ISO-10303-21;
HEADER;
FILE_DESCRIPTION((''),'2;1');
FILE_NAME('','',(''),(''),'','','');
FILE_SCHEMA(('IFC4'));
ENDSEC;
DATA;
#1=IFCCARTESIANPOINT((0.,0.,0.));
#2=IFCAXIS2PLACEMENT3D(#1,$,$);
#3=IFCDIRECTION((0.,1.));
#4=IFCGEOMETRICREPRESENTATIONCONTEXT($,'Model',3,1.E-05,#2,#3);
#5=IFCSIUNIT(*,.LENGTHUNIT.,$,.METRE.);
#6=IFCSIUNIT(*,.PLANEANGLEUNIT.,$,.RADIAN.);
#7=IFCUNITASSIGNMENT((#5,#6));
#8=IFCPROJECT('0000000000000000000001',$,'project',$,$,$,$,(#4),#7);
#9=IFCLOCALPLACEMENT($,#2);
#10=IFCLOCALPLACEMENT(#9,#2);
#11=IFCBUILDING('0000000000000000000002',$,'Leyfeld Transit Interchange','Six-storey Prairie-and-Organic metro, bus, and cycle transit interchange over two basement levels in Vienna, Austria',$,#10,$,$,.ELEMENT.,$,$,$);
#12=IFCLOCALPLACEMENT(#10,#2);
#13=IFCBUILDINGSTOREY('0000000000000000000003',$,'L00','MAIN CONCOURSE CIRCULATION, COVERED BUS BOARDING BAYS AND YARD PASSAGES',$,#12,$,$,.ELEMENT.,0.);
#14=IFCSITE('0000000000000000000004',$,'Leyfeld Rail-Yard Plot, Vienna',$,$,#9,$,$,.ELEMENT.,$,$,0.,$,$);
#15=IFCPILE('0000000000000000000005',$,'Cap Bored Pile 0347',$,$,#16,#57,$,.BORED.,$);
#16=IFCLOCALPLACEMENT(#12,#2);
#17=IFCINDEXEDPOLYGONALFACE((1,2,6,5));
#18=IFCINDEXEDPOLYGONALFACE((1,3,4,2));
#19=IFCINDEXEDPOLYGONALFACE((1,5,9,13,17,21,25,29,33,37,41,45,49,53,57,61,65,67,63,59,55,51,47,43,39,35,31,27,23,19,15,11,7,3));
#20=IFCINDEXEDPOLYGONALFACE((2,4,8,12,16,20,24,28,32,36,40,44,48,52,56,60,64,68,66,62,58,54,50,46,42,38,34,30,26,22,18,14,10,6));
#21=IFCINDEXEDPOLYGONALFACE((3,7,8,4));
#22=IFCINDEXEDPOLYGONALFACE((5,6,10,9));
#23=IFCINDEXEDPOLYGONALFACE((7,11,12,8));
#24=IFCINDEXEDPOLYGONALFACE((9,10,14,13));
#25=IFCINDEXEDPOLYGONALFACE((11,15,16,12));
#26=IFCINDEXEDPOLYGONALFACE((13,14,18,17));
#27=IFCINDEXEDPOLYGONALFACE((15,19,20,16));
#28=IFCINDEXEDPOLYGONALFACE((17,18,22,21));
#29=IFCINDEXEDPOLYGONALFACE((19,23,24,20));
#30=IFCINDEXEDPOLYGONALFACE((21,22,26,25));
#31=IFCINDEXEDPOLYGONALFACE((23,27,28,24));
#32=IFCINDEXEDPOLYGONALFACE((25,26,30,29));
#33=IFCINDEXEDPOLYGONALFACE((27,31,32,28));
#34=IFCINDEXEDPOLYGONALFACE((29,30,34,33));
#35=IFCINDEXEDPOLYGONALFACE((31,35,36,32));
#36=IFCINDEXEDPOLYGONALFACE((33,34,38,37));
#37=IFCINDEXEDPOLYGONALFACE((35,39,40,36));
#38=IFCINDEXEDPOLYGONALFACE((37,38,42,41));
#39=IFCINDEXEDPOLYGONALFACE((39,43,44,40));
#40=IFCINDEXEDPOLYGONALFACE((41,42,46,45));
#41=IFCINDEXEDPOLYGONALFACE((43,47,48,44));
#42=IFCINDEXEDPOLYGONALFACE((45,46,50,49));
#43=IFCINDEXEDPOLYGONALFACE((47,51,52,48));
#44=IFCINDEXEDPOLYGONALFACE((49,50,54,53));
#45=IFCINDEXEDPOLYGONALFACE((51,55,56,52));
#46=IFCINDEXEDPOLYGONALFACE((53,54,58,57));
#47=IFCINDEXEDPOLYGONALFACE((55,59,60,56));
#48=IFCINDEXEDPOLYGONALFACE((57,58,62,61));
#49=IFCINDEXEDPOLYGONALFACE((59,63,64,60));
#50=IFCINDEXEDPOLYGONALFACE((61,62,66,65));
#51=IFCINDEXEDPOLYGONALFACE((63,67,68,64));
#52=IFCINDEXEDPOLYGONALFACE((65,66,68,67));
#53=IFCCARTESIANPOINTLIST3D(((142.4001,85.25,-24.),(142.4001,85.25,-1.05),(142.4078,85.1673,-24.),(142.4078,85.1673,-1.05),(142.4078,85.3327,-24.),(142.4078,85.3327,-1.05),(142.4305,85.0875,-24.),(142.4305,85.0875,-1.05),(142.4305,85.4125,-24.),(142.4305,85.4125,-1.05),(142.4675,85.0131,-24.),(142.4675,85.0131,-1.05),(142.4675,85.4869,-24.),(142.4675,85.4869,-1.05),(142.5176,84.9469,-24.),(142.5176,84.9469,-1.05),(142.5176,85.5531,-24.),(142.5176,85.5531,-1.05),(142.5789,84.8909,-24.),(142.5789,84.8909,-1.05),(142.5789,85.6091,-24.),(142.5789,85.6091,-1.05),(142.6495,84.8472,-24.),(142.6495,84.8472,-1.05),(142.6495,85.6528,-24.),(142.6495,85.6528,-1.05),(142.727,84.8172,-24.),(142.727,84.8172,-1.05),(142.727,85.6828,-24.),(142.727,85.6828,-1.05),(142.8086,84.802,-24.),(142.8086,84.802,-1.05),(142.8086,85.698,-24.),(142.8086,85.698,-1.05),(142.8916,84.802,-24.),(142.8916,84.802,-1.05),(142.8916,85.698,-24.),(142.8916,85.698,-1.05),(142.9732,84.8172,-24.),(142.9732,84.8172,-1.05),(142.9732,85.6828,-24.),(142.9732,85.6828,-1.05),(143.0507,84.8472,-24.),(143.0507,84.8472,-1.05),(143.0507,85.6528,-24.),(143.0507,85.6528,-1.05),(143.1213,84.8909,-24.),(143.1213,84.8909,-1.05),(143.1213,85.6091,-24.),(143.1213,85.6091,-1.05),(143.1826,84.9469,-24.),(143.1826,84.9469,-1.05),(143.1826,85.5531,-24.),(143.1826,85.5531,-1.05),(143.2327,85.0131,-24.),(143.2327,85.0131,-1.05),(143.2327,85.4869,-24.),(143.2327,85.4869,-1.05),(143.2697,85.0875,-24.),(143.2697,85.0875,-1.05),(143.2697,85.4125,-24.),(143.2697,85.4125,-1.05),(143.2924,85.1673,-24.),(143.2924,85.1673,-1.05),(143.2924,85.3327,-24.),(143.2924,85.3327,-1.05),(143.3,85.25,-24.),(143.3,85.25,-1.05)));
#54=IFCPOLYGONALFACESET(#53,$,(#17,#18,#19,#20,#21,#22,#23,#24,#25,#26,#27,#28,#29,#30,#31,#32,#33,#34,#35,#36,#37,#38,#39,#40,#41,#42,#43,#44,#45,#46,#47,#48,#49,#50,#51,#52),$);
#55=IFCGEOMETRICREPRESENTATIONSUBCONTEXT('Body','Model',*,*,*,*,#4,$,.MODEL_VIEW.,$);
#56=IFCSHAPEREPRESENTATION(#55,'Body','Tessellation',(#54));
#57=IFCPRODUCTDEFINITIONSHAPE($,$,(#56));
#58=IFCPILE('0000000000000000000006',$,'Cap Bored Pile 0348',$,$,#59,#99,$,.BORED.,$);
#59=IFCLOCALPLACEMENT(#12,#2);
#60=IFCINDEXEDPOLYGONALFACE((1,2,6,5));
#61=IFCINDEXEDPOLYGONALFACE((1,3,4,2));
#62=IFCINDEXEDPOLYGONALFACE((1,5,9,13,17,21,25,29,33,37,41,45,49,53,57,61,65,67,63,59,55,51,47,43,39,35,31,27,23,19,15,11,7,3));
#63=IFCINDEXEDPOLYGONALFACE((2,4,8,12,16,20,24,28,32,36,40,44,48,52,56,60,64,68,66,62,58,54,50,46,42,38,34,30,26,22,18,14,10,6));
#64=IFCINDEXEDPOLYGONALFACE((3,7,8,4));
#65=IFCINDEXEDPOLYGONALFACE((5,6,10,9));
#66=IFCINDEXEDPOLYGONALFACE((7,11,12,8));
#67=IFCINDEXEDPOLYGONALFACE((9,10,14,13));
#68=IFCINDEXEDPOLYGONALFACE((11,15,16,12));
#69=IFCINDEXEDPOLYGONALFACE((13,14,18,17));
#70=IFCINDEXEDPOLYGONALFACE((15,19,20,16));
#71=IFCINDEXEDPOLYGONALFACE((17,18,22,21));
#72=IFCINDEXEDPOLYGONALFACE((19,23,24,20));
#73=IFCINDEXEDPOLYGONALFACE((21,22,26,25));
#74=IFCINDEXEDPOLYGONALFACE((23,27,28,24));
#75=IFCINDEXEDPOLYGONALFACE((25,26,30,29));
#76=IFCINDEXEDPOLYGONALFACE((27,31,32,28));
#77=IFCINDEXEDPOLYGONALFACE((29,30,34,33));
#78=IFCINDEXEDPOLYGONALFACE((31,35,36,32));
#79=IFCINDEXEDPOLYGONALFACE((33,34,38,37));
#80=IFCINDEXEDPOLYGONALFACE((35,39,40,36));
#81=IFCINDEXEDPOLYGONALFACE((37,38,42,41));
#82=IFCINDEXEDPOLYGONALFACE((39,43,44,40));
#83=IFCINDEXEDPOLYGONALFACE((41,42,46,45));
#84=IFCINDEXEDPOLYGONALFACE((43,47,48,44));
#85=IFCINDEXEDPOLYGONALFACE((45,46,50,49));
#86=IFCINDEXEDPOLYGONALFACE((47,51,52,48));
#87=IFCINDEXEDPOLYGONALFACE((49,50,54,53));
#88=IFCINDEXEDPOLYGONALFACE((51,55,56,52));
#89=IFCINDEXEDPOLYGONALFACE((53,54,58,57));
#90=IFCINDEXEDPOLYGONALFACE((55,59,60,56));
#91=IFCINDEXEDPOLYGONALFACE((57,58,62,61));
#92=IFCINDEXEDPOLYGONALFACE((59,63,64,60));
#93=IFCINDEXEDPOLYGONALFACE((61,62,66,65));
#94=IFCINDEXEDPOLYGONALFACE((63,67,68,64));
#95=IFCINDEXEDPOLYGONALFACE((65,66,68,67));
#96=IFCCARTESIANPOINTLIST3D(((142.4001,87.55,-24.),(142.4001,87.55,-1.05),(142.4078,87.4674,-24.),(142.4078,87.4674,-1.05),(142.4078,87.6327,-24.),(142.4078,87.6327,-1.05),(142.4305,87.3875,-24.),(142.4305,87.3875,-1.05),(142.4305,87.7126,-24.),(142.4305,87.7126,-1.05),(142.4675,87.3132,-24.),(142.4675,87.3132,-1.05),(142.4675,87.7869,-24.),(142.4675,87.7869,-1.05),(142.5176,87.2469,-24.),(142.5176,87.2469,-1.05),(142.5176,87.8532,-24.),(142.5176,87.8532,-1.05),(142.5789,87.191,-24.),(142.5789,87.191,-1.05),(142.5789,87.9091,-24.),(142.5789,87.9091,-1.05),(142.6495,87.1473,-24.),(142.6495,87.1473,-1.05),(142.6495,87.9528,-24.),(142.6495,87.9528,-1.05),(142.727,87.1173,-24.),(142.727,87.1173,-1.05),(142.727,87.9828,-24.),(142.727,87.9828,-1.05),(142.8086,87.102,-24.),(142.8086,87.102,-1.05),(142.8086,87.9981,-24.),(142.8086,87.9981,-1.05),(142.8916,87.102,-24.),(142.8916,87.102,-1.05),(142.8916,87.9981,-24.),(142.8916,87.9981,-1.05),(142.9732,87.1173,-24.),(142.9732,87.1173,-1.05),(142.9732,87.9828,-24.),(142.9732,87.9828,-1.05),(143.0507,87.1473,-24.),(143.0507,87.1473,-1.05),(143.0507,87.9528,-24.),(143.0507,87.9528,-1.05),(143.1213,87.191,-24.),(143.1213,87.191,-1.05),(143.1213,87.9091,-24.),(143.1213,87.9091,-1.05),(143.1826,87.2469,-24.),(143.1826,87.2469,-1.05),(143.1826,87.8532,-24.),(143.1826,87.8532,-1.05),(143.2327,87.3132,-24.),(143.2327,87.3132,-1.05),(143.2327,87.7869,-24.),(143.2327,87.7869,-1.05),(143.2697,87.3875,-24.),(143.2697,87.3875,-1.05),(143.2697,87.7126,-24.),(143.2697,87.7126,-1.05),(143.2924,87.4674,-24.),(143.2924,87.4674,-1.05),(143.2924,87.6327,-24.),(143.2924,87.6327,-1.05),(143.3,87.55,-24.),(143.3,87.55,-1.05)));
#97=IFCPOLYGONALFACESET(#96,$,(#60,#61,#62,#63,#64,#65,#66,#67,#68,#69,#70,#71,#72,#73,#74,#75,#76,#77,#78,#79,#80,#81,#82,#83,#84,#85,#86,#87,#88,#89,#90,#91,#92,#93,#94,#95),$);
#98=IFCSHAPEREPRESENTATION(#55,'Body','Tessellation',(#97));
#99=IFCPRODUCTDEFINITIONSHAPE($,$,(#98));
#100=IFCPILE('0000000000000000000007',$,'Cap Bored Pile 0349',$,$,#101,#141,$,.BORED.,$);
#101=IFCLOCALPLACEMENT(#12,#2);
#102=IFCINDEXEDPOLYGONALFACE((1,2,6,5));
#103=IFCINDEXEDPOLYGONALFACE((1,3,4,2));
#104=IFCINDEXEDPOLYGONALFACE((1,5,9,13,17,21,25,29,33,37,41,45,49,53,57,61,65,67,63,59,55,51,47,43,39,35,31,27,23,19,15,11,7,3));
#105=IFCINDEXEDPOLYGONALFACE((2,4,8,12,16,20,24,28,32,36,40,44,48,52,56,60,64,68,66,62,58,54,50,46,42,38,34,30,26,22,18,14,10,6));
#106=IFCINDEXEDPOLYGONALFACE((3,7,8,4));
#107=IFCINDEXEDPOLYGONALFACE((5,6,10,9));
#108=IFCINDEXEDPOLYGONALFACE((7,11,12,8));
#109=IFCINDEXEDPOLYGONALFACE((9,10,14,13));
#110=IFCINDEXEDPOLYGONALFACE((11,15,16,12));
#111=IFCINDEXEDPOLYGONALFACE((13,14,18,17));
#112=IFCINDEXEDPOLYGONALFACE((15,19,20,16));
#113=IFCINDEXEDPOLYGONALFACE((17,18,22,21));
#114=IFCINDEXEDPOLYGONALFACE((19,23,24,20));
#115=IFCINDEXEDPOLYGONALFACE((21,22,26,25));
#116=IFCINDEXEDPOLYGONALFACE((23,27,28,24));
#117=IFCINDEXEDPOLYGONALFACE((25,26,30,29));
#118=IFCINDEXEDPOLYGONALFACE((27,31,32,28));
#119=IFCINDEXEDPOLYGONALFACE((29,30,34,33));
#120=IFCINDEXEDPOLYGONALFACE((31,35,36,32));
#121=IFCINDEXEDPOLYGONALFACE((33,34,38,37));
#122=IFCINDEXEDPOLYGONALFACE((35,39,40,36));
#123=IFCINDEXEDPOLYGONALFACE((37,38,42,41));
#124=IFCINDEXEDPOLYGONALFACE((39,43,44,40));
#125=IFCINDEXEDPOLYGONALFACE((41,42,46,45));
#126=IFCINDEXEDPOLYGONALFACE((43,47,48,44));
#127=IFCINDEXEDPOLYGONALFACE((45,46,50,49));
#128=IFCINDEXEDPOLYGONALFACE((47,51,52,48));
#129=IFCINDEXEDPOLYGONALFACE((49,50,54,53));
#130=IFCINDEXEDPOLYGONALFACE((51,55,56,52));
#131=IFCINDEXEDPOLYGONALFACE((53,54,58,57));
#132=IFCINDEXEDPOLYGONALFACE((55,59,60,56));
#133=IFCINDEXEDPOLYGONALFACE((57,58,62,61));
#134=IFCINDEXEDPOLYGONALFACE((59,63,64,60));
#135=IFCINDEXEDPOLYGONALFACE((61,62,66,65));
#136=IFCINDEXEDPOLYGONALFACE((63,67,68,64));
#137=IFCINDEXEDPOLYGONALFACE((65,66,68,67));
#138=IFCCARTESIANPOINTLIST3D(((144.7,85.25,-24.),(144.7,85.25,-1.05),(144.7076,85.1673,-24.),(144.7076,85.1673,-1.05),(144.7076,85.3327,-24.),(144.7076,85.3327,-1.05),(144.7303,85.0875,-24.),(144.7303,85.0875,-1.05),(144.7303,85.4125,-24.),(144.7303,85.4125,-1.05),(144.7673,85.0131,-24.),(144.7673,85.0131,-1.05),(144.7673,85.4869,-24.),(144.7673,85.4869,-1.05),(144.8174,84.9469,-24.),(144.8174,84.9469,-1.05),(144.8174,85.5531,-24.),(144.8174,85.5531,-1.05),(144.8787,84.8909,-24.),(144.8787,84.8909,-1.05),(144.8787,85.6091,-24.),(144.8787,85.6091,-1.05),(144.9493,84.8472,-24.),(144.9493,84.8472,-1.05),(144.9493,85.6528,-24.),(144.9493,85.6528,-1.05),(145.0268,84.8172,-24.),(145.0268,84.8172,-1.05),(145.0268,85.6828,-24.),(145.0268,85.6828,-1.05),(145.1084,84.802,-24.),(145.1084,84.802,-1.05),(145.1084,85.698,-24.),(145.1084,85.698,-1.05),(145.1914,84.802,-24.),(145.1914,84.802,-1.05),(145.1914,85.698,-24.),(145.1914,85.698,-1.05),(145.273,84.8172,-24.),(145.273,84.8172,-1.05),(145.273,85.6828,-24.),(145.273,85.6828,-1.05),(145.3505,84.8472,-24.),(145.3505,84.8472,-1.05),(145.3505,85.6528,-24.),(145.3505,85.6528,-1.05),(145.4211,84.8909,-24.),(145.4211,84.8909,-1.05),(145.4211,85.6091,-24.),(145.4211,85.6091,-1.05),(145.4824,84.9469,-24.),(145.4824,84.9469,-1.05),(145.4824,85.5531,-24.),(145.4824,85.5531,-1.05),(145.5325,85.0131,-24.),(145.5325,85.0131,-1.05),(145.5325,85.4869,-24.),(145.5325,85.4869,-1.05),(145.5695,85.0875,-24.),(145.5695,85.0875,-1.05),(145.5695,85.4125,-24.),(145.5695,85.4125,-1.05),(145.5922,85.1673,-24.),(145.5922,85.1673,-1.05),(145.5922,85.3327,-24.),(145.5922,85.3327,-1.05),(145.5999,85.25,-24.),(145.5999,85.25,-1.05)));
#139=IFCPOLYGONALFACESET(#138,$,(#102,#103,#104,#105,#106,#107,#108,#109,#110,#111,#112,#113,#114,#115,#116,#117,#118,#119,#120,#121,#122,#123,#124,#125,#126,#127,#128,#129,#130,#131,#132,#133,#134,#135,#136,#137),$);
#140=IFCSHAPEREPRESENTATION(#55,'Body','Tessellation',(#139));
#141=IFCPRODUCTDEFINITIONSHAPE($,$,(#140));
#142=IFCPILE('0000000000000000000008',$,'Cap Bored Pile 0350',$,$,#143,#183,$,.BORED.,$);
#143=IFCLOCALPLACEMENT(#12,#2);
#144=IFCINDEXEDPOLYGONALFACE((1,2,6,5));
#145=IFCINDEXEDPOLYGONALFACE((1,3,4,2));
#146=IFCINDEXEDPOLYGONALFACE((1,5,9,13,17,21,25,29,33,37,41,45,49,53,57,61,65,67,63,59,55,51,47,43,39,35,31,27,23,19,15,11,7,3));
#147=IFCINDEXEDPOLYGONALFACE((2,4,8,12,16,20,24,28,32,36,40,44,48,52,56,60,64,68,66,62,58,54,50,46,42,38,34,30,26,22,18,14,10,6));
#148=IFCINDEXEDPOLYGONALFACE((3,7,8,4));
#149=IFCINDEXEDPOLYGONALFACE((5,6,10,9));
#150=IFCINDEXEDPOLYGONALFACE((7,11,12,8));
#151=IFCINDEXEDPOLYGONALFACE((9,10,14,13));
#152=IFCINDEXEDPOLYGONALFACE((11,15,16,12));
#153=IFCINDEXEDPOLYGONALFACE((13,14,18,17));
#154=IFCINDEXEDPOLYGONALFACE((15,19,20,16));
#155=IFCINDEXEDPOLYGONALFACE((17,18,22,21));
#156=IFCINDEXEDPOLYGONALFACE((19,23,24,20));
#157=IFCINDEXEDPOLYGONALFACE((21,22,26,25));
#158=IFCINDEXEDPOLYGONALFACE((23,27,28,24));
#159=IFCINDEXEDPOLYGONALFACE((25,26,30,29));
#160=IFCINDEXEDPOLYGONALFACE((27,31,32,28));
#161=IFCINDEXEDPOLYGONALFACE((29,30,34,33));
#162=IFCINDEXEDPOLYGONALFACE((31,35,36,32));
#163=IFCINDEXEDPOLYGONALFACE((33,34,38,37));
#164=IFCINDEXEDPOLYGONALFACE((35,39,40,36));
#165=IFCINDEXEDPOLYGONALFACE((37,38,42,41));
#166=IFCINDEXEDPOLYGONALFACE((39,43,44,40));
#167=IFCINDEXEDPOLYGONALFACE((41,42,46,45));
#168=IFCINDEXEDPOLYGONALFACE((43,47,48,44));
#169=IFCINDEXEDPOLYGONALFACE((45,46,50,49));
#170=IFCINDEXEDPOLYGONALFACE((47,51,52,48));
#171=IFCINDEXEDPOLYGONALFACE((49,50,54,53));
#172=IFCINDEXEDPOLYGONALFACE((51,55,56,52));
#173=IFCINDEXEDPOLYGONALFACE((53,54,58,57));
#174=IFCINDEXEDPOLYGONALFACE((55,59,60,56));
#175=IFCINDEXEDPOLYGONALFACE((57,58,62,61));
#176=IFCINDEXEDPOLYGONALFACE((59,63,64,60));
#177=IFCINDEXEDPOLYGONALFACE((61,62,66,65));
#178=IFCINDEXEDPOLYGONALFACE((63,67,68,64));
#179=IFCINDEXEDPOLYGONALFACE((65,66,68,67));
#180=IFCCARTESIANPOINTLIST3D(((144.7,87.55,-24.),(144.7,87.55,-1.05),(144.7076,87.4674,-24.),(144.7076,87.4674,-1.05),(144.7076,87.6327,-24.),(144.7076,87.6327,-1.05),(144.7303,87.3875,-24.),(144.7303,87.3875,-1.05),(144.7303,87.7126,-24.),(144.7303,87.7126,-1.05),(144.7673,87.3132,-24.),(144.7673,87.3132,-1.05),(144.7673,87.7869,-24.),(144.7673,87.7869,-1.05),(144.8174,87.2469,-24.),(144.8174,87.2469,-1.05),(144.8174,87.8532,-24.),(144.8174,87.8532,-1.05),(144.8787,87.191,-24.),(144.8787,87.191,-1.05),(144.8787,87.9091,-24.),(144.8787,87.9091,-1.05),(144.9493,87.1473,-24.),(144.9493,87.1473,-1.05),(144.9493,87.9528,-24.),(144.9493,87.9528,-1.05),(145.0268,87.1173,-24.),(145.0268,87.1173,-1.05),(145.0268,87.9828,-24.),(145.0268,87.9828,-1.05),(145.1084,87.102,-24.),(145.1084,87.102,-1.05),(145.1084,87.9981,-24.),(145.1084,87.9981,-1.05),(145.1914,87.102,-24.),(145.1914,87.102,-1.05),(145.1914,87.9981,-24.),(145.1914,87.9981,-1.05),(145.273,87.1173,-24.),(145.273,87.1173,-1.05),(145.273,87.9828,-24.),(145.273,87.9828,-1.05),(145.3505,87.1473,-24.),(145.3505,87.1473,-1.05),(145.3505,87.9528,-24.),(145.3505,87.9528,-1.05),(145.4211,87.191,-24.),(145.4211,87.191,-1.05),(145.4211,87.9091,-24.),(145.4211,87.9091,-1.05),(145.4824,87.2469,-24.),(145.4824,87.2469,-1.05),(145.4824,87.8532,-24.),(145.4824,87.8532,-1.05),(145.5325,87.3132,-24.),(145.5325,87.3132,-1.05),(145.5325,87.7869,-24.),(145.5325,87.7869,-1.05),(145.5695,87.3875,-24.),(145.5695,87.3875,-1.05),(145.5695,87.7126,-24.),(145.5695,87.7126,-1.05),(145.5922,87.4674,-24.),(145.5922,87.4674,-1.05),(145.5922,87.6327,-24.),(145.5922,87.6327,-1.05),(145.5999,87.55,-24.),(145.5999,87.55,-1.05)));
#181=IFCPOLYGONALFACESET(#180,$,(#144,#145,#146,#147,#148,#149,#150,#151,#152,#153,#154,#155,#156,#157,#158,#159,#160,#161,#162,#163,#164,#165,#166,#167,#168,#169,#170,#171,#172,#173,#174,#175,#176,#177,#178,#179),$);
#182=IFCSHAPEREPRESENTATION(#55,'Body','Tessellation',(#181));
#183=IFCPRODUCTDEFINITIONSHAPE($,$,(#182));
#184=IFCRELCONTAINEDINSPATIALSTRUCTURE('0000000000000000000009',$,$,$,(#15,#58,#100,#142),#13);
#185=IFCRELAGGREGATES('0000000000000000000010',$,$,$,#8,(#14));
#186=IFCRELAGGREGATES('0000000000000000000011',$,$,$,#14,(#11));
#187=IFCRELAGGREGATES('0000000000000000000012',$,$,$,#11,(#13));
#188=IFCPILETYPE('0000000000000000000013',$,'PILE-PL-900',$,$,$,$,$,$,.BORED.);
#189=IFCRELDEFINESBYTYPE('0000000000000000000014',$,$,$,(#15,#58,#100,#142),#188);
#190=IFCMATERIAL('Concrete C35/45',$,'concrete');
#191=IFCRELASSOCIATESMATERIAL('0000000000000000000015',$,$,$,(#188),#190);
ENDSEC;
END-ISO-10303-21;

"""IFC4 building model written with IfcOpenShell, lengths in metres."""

from ifc_helpers import new_model, si_unit, direction, frame, origin, origin_2d, place, context, subcontext, project, spatial, circle, extrude, material, material_profile, profile_set, type_object, element, save


model = new_model("IFC4")

# Units and contexts
model_context = context("Model", 3, precision=1e-05, world=origin(), true_north=direction((0.0, 1.0)))
body_context = subcontext(model_context, "Body", "Model", "MODEL_VIEW")
ifc_project = project(units=[si_unit("LENGTHUNIT", "METRE"), si_unit("PLANEANGLEUNIT", "RADIAN")], contexts=[model_context])

# Site, building, storey
site_placement = place(None, origin())
site = spatial("IfcSite", under=ifc_project, at=site_placement, Name="Leyfeld Rail-Yard Plot, Vienna", CompositionType="ELEMENT", RefElevation=0.0)
building_placement = place(site_placement, origin())
building = spatial("IfcBuilding", under=site, at=building_placement, Name="Leyfeld Transit Interchange", Description="Six-storey Prairie-and-Organic metro, bus, and cycle transit interchange over two basement levels in Vienna, Austria", CompositionType="ELEMENT")
storey_placement = place(building_placement, origin())
storey = spatial("IfcBuildingStorey", under=building, at=storey_placement, Name="L00", Description="MAIN CONCOURSE CIRCULATION, COVERED BUS BOARDING BAYS AND YARD PASSAGES", CompositionType="ELEMENT", Elevation=0.0)

# Shared definitions
ifc_material_1 = material(Name="Concrete C35/45", Category="concrete")

# Piles
ifc_material_profile_1 = material_profile(ifc_material_1, circle(Radius=0.45, at=origin_2d()), Name="PILE D900")
ifc_profile_set_1 = profile_set([ifc_material_profile_1], Name="Concrete C35/45")
pile_type = type_object("IfcPileType", Name="PILE-PL-900", PredefinedType="BORED", material=ifc_profile_set_1)
for number, where, z_axis, x_axis, name in (
    (1, (142.8501, 85.25, -1.05), (0.0, 0.0, -1.0), (1.0, 0.0, 0.0), "Cap Bored Pile 0347"),
    (2, (142.8501, 87.55, -1.05), (0.0, 0.0, -1.0), (1.0, 0.0, 0.0), "Cap Bored Pile 0348"),
    (3, (145.1499, 85.25, -1.05), (0.0, 0.0, -1.0), (1.0, 0.0, 0.0), "Cap Bored Pile 0349"),
    (4, (145.1499, 87.55, -1.05), (0.0, 0.0, -1.0), (1.0, 0.0, 0.0), "Cap Bored Pile 0350"),
):
    element("IfcPile", number, at=place(storey_placement, frame(where, z_axis=z_axis, x_axis=x_axis)), inside=storey, type_object=pile_type, Name=name, PredefinedType="BORED", context=body_context, shape_type="SweptSolid", body=[
        extrude(circle(Radius=0.45, at=origin_2d()), origin(), (0.0, 0.0, 1.0), 22.95),
    ])

save(model, "model.ifc")
